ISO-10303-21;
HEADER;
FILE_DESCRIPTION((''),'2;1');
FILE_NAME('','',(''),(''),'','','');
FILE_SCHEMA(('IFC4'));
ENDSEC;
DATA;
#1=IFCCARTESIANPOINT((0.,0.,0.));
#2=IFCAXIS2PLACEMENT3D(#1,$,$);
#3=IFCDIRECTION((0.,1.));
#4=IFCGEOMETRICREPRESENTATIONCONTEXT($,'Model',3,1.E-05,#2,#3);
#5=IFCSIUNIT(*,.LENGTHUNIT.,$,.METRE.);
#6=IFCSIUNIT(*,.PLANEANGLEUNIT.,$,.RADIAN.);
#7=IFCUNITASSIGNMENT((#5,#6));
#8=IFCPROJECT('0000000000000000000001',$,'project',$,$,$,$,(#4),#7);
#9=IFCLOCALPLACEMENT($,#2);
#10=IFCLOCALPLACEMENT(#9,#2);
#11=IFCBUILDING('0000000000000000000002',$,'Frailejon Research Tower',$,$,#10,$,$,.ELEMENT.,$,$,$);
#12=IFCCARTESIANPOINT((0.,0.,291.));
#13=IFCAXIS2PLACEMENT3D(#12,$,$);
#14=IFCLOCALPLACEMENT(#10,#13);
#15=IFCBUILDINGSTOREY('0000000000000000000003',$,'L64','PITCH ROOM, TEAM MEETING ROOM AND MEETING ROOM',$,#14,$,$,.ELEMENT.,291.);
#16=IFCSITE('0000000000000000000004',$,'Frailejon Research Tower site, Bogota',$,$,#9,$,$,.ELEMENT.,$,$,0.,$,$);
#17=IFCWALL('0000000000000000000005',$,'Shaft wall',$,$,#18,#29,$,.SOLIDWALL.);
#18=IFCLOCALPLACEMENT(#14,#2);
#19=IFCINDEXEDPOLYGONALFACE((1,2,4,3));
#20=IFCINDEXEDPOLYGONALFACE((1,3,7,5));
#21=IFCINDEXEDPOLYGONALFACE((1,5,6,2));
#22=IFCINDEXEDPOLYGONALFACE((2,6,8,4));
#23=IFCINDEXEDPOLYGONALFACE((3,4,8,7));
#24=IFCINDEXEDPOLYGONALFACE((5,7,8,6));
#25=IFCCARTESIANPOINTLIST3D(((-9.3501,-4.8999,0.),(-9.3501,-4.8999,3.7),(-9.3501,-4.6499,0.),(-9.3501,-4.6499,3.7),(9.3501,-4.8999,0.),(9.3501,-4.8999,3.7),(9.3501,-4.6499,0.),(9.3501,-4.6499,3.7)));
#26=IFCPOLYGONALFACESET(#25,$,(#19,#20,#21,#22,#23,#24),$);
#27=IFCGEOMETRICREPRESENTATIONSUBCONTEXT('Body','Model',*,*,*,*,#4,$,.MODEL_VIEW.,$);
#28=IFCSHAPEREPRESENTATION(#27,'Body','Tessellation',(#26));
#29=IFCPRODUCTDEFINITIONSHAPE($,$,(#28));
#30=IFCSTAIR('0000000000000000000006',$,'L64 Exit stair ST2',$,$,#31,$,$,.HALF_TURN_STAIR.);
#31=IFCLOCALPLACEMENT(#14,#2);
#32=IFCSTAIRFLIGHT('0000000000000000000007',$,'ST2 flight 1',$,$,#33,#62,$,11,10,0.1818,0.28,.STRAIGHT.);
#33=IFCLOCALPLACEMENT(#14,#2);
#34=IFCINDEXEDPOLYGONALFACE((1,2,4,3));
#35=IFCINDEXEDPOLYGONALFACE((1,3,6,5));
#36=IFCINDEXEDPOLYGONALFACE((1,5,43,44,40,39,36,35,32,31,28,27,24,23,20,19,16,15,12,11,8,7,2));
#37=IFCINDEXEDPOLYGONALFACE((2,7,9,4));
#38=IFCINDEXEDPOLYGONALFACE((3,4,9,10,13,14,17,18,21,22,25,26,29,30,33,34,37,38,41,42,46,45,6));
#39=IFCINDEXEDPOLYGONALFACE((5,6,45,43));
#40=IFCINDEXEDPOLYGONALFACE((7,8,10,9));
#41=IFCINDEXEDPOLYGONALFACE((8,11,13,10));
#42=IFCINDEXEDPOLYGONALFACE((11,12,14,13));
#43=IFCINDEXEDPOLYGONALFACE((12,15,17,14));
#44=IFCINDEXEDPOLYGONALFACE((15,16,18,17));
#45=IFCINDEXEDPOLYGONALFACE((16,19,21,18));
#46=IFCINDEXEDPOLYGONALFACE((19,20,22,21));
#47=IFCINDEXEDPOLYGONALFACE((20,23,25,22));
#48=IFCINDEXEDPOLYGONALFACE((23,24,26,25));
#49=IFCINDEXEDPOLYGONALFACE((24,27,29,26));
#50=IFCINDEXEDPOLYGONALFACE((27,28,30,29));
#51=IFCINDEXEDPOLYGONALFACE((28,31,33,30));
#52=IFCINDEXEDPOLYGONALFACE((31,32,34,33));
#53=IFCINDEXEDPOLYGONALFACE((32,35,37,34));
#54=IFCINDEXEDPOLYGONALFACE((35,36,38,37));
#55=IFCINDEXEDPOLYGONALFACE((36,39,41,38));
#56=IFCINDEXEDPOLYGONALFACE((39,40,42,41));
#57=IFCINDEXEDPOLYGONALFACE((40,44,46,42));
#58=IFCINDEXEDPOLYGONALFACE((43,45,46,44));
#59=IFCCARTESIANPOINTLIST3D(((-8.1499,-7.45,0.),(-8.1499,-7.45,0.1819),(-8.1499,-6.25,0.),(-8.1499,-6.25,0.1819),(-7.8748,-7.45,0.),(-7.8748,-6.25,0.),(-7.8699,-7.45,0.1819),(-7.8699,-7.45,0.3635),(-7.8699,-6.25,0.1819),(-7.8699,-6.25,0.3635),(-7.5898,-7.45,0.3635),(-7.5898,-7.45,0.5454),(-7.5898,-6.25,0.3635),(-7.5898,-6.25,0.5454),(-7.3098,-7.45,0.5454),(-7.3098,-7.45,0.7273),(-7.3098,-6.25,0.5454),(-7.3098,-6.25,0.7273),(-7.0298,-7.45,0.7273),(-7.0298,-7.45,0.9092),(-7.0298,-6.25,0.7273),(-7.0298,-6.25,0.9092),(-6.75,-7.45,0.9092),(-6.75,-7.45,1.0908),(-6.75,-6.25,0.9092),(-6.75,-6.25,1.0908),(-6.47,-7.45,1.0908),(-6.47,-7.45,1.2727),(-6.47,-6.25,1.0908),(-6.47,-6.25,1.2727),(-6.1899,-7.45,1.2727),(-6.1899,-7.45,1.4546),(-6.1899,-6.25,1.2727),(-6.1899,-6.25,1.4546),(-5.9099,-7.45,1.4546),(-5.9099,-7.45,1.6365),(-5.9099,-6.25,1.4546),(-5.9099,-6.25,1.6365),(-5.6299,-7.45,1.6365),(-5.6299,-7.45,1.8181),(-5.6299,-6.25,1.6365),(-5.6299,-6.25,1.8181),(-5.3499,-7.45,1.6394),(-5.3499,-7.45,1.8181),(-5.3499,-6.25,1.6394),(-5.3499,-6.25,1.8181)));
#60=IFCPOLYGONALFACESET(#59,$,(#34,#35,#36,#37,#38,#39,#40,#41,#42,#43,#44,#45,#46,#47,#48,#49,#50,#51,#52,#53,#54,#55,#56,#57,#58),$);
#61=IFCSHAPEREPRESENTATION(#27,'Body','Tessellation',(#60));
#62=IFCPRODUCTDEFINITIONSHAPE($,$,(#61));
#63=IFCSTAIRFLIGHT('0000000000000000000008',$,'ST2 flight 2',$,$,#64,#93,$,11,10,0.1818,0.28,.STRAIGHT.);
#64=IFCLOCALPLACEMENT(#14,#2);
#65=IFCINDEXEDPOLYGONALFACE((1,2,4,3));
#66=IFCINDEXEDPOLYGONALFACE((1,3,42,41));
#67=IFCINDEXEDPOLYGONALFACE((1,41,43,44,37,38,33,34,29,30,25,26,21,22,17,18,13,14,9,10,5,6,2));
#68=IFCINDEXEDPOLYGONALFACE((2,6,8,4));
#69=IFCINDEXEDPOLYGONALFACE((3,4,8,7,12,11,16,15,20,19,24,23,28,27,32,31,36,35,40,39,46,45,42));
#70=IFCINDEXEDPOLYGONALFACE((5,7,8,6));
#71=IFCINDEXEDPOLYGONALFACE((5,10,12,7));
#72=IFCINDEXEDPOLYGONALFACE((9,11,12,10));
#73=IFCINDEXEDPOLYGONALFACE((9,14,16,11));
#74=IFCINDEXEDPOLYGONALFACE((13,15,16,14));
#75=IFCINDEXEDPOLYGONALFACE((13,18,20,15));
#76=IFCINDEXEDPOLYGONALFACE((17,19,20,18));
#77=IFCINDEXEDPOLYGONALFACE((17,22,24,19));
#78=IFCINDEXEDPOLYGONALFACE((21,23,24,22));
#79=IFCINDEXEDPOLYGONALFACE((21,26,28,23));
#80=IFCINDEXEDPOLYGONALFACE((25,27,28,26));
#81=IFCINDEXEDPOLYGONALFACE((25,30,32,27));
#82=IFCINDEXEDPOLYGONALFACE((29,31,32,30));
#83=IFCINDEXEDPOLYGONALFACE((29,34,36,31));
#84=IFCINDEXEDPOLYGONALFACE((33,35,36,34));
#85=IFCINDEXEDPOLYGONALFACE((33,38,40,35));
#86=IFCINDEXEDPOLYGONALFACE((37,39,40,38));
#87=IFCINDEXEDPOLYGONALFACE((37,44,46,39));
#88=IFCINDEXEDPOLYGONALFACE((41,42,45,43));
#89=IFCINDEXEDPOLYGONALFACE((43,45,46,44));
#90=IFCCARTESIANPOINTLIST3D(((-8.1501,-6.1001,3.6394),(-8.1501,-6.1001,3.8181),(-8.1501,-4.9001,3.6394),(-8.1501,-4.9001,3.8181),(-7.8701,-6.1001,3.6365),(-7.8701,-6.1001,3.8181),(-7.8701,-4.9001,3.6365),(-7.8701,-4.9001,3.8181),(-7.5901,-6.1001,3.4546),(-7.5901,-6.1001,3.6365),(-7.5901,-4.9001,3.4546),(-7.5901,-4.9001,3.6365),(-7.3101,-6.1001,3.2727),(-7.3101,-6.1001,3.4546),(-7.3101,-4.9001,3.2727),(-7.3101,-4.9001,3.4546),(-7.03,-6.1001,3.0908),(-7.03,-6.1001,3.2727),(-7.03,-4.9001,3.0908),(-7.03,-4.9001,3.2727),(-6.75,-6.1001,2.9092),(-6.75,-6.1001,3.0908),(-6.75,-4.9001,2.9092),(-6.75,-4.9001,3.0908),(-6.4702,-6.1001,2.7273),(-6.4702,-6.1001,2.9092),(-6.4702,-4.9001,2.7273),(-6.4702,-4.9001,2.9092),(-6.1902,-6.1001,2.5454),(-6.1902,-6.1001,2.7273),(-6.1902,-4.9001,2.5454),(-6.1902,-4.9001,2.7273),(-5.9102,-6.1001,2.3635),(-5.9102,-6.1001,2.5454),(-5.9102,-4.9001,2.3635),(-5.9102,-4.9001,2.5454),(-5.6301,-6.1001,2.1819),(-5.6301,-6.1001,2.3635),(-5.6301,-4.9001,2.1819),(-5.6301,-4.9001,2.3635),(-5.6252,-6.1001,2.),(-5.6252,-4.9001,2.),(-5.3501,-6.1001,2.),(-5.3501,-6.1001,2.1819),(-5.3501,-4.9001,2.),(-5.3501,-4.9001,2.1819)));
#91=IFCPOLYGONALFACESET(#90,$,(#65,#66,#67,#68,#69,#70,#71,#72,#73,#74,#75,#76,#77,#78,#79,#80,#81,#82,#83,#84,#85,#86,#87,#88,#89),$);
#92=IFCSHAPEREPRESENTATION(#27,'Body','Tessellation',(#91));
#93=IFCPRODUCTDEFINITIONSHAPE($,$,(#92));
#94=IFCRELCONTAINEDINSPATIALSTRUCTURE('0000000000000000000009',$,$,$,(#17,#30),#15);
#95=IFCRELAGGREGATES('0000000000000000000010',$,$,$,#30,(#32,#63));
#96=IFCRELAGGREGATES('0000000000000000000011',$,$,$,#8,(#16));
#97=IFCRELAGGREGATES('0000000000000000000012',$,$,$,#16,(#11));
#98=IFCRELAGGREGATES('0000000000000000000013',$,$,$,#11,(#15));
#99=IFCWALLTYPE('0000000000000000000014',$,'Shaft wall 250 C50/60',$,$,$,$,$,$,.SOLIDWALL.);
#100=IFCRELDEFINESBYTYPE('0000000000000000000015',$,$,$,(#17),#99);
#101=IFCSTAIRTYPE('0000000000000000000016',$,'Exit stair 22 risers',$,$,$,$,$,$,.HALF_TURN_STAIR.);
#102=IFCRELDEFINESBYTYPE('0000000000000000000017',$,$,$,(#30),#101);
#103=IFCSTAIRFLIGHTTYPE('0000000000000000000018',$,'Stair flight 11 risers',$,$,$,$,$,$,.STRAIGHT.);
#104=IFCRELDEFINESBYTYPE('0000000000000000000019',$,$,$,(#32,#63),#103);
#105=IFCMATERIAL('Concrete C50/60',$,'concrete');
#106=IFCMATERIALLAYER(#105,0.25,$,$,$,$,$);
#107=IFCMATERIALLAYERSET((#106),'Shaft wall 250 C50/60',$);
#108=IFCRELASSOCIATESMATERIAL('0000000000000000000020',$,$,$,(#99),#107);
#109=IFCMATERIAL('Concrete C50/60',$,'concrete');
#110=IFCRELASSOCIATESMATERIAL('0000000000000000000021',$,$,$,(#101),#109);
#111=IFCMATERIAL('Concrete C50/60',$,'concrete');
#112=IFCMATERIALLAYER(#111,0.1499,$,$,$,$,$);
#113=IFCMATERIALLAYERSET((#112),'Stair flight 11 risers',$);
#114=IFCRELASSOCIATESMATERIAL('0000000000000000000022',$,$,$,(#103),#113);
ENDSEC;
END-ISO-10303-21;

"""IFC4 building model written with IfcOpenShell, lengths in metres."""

from ifc_helpers import new_model, si_unit, direction, frame, frame_2d, origin, place, context, subcontext, project, spatial, polyline, rectangle, outline, extrude, material, layer, layer_set, type_object, element, aggregate, save


model = new_model("IFC4")

# Units and contexts
model_context = context("Model", 3, precision=1e-05, world=origin(), true_north=direction((0.0, 1.0)))
body_context = subcontext(model_context, "Body", "Model", "MODEL_VIEW")
ifc_project = project(units=[si_unit("LENGTHUNIT", "METRE"), si_unit("PLANEANGLEUNIT", "RADIAN")], contexts=[model_context])

# Site, building, storey
site_placement = place(None, origin())
site = spatial("IfcSite", under=ifc_project, at=site_placement, Name="Frailejon Research Tower site, Bogota", CompositionType="ELEMENT", RefElevation=0.0)
building_placement = place(site_placement, origin())
building = spatial("IfcBuilding", under=site, at=building_placement, Name="Frailejon Research Tower", CompositionType="ELEMENT")
storey_placement = place(building_placement, frame((0.0, 0.0, 291.0)))
storey = spatial("IfcBuildingStorey", under=building, at=storey_placement, Name="L64", Description="PITCH ROOM, TEAM MEETING ROOM AND MEETING ROOM", CompositionType="ELEMENT", Elevation=291.0)

# Shared definitions
ifc_material_1 = material(Name="Concrete C50/60", Category="concrete")
ifc_layer_1 = layer(ifc_material_1, 0.25)
ifc_layer_set_1 = layer_set([ifc_layer_1], Name="Shaft wall 250 C50/60")
wall_type_1 = type_object("IfcWallType", Name="Shaft wall 250 C50/60", PredefinedType="SOLIDWALL", material=ifc_layer_set_1)

# Wall
wall_1_placement = place(storey_placement, frame((-9.3501, -4.7749, 0.0), z_axis=(0.0, 0.0, 1.0), x_axis=(1.0, 0.0, 0.0)))
element("IfcWall", 1, at=wall_1_placement, inside=storey, type_object=wall_type_1, Name="Shaft wall", PredefinedType="SOLIDWALL", context=body_context, shape_type="SweptSolid", body=[
    extrude(rectangle(XDim=18.7002, YDim=0.25, at=frame_2d((9.3501, 0.0))), origin(), (0.0, 0.0, 1.0), 3.7),
])

# Stair, stair flights
ifc_material_2 = material(Name="Concrete C50/60", Category="concrete")
stair_type = type_object("IfcStairType", Name="Exit stair 22 risers", PredefinedType="HALF_TURN_STAIR", material=ifc_material_2)
stair_placement = place(storey_placement, origin())
stair = element("IfcStair", 2, at=stair_placement, inside=storey, type_object=stair_type, Name="L64 Exit stair ST2", PredefinedType="HALF_TURN_STAIR")
ifc_material_3 = material(Name="Concrete C50/60", Category="concrete")
ifc_layer_2 = layer(ifc_material_3, 0.1499)
ifc_layer_set_2 = layer_set([ifc_layer_2], Name="Stair flight 11 risers")
stair_flight_type = type_object("IfcStairFlightType", Name="Stair flight 11 risers", PredefinedType="STRAIGHT", material=ifc_layer_set_2)
stair_flight_1_placement = place(storey_placement, frame((-8.1499, -6.8501, 0.0), z_axis=(0.0, 0.0, 1.0), x_axis=(1.0, 0.0, 0.0)))
stair_flight_1 = element("IfcStairFlight", 3, at=stair_flight_1_placement, type_object=stair_flight_type, Name="ST2 flight 1", NumberOfRisers=11, NumberOfTreads=10, PredefinedType="STRAIGHT", RiserHeight=0.1818, TreadLength=0.28, context=body_context, shape_type="SweptSolid", body=[
    extrude(outline(polyline([(0.0, 0.0), (0.0, 0.1819), (0.28, 0.1819), (0.28, 0.3635), (0.5601, 0.3635), (0.5601, 0.5454), (0.8401, 0.5454), (0.8401, 0.7273), (1.1201, 0.7273), (1.1201, 0.9092), (1.3999, 0.9092), (1.3999, 1.0908), (1.6799, 1.0908), (1.6799, 1.2727), (1.96, 1.2727), (1.96, 1.4546), (2.24, 1.4546), (2.24, 1.6365), (2.52, 1.6365), (2.52, 1.8181), (2.8, 1.8181), (2.8, 2.0), (2.8, 1.6394), (0.2751, 0.0), (0.0, 0.0)])), frame((0.0, 0.6001, 0.0), z_axis=(0.0, -1.0, 0.0), x_axis=(1.0, 0.0, 0.0)), (0.0, 0.0, 1.0), 1.2),
])
stair_flight_2_placement = place(storey_placement, frame((-5.3501, -5.5, 2.0), z_axis=(0.0, 0.0, 1.0), x_axis=(-1.0, 0.0, 0.0)))
stair_flight_2 = element("IfcStairFlight", 4, at=stair_flight_2_placement, type_object=stair_flight_type, Name="ST2 flight 2", NumberOfRisers=11, NumberOfTreads=10, PredefinedType="STRAIGHT", RiserHeight=0.1818, TreadLength=0.28, context=body_context, shape_type="SweptSolid", body=[
    extrude(outline(polyline([(0.0, 0.0), (0.0, 0.1819), (0.28, 0.1819), (0.28, 0.3635), (0.5601, 0.3635), (0.5601, 0.5454), (0.8401, 0.5454), (0.8401, 0.7273), (1.1201, 0.7273), (1.1201, 0.9092), (1.3999, 0.9092), (1.3999, 1.0908), (1.6799, 1.0908), (1.6799, 1.2727), (1.96, 1.2727), (1.96, 1.4546), (2.24, 1.4546), (2.24, 1.6365), (2.52, 1.6365), (2.52, 1.8181), (2.8, 1.8181), (2.8, 2.0), (2.8, 1.6394), (0.2751, 0.0), (0.0, 0.0)])), frame((0.0, 0.6001, 0.0), z_axis=(0.0, -1.0, 0.0), x_axis=(1.0, 0.0, 0.0)), (0.0, 0.0, 1.0), 1.2),
])
aggregate(stair, [stair_flight_1, stair_flight_2])

save(model, "model.ifc")
